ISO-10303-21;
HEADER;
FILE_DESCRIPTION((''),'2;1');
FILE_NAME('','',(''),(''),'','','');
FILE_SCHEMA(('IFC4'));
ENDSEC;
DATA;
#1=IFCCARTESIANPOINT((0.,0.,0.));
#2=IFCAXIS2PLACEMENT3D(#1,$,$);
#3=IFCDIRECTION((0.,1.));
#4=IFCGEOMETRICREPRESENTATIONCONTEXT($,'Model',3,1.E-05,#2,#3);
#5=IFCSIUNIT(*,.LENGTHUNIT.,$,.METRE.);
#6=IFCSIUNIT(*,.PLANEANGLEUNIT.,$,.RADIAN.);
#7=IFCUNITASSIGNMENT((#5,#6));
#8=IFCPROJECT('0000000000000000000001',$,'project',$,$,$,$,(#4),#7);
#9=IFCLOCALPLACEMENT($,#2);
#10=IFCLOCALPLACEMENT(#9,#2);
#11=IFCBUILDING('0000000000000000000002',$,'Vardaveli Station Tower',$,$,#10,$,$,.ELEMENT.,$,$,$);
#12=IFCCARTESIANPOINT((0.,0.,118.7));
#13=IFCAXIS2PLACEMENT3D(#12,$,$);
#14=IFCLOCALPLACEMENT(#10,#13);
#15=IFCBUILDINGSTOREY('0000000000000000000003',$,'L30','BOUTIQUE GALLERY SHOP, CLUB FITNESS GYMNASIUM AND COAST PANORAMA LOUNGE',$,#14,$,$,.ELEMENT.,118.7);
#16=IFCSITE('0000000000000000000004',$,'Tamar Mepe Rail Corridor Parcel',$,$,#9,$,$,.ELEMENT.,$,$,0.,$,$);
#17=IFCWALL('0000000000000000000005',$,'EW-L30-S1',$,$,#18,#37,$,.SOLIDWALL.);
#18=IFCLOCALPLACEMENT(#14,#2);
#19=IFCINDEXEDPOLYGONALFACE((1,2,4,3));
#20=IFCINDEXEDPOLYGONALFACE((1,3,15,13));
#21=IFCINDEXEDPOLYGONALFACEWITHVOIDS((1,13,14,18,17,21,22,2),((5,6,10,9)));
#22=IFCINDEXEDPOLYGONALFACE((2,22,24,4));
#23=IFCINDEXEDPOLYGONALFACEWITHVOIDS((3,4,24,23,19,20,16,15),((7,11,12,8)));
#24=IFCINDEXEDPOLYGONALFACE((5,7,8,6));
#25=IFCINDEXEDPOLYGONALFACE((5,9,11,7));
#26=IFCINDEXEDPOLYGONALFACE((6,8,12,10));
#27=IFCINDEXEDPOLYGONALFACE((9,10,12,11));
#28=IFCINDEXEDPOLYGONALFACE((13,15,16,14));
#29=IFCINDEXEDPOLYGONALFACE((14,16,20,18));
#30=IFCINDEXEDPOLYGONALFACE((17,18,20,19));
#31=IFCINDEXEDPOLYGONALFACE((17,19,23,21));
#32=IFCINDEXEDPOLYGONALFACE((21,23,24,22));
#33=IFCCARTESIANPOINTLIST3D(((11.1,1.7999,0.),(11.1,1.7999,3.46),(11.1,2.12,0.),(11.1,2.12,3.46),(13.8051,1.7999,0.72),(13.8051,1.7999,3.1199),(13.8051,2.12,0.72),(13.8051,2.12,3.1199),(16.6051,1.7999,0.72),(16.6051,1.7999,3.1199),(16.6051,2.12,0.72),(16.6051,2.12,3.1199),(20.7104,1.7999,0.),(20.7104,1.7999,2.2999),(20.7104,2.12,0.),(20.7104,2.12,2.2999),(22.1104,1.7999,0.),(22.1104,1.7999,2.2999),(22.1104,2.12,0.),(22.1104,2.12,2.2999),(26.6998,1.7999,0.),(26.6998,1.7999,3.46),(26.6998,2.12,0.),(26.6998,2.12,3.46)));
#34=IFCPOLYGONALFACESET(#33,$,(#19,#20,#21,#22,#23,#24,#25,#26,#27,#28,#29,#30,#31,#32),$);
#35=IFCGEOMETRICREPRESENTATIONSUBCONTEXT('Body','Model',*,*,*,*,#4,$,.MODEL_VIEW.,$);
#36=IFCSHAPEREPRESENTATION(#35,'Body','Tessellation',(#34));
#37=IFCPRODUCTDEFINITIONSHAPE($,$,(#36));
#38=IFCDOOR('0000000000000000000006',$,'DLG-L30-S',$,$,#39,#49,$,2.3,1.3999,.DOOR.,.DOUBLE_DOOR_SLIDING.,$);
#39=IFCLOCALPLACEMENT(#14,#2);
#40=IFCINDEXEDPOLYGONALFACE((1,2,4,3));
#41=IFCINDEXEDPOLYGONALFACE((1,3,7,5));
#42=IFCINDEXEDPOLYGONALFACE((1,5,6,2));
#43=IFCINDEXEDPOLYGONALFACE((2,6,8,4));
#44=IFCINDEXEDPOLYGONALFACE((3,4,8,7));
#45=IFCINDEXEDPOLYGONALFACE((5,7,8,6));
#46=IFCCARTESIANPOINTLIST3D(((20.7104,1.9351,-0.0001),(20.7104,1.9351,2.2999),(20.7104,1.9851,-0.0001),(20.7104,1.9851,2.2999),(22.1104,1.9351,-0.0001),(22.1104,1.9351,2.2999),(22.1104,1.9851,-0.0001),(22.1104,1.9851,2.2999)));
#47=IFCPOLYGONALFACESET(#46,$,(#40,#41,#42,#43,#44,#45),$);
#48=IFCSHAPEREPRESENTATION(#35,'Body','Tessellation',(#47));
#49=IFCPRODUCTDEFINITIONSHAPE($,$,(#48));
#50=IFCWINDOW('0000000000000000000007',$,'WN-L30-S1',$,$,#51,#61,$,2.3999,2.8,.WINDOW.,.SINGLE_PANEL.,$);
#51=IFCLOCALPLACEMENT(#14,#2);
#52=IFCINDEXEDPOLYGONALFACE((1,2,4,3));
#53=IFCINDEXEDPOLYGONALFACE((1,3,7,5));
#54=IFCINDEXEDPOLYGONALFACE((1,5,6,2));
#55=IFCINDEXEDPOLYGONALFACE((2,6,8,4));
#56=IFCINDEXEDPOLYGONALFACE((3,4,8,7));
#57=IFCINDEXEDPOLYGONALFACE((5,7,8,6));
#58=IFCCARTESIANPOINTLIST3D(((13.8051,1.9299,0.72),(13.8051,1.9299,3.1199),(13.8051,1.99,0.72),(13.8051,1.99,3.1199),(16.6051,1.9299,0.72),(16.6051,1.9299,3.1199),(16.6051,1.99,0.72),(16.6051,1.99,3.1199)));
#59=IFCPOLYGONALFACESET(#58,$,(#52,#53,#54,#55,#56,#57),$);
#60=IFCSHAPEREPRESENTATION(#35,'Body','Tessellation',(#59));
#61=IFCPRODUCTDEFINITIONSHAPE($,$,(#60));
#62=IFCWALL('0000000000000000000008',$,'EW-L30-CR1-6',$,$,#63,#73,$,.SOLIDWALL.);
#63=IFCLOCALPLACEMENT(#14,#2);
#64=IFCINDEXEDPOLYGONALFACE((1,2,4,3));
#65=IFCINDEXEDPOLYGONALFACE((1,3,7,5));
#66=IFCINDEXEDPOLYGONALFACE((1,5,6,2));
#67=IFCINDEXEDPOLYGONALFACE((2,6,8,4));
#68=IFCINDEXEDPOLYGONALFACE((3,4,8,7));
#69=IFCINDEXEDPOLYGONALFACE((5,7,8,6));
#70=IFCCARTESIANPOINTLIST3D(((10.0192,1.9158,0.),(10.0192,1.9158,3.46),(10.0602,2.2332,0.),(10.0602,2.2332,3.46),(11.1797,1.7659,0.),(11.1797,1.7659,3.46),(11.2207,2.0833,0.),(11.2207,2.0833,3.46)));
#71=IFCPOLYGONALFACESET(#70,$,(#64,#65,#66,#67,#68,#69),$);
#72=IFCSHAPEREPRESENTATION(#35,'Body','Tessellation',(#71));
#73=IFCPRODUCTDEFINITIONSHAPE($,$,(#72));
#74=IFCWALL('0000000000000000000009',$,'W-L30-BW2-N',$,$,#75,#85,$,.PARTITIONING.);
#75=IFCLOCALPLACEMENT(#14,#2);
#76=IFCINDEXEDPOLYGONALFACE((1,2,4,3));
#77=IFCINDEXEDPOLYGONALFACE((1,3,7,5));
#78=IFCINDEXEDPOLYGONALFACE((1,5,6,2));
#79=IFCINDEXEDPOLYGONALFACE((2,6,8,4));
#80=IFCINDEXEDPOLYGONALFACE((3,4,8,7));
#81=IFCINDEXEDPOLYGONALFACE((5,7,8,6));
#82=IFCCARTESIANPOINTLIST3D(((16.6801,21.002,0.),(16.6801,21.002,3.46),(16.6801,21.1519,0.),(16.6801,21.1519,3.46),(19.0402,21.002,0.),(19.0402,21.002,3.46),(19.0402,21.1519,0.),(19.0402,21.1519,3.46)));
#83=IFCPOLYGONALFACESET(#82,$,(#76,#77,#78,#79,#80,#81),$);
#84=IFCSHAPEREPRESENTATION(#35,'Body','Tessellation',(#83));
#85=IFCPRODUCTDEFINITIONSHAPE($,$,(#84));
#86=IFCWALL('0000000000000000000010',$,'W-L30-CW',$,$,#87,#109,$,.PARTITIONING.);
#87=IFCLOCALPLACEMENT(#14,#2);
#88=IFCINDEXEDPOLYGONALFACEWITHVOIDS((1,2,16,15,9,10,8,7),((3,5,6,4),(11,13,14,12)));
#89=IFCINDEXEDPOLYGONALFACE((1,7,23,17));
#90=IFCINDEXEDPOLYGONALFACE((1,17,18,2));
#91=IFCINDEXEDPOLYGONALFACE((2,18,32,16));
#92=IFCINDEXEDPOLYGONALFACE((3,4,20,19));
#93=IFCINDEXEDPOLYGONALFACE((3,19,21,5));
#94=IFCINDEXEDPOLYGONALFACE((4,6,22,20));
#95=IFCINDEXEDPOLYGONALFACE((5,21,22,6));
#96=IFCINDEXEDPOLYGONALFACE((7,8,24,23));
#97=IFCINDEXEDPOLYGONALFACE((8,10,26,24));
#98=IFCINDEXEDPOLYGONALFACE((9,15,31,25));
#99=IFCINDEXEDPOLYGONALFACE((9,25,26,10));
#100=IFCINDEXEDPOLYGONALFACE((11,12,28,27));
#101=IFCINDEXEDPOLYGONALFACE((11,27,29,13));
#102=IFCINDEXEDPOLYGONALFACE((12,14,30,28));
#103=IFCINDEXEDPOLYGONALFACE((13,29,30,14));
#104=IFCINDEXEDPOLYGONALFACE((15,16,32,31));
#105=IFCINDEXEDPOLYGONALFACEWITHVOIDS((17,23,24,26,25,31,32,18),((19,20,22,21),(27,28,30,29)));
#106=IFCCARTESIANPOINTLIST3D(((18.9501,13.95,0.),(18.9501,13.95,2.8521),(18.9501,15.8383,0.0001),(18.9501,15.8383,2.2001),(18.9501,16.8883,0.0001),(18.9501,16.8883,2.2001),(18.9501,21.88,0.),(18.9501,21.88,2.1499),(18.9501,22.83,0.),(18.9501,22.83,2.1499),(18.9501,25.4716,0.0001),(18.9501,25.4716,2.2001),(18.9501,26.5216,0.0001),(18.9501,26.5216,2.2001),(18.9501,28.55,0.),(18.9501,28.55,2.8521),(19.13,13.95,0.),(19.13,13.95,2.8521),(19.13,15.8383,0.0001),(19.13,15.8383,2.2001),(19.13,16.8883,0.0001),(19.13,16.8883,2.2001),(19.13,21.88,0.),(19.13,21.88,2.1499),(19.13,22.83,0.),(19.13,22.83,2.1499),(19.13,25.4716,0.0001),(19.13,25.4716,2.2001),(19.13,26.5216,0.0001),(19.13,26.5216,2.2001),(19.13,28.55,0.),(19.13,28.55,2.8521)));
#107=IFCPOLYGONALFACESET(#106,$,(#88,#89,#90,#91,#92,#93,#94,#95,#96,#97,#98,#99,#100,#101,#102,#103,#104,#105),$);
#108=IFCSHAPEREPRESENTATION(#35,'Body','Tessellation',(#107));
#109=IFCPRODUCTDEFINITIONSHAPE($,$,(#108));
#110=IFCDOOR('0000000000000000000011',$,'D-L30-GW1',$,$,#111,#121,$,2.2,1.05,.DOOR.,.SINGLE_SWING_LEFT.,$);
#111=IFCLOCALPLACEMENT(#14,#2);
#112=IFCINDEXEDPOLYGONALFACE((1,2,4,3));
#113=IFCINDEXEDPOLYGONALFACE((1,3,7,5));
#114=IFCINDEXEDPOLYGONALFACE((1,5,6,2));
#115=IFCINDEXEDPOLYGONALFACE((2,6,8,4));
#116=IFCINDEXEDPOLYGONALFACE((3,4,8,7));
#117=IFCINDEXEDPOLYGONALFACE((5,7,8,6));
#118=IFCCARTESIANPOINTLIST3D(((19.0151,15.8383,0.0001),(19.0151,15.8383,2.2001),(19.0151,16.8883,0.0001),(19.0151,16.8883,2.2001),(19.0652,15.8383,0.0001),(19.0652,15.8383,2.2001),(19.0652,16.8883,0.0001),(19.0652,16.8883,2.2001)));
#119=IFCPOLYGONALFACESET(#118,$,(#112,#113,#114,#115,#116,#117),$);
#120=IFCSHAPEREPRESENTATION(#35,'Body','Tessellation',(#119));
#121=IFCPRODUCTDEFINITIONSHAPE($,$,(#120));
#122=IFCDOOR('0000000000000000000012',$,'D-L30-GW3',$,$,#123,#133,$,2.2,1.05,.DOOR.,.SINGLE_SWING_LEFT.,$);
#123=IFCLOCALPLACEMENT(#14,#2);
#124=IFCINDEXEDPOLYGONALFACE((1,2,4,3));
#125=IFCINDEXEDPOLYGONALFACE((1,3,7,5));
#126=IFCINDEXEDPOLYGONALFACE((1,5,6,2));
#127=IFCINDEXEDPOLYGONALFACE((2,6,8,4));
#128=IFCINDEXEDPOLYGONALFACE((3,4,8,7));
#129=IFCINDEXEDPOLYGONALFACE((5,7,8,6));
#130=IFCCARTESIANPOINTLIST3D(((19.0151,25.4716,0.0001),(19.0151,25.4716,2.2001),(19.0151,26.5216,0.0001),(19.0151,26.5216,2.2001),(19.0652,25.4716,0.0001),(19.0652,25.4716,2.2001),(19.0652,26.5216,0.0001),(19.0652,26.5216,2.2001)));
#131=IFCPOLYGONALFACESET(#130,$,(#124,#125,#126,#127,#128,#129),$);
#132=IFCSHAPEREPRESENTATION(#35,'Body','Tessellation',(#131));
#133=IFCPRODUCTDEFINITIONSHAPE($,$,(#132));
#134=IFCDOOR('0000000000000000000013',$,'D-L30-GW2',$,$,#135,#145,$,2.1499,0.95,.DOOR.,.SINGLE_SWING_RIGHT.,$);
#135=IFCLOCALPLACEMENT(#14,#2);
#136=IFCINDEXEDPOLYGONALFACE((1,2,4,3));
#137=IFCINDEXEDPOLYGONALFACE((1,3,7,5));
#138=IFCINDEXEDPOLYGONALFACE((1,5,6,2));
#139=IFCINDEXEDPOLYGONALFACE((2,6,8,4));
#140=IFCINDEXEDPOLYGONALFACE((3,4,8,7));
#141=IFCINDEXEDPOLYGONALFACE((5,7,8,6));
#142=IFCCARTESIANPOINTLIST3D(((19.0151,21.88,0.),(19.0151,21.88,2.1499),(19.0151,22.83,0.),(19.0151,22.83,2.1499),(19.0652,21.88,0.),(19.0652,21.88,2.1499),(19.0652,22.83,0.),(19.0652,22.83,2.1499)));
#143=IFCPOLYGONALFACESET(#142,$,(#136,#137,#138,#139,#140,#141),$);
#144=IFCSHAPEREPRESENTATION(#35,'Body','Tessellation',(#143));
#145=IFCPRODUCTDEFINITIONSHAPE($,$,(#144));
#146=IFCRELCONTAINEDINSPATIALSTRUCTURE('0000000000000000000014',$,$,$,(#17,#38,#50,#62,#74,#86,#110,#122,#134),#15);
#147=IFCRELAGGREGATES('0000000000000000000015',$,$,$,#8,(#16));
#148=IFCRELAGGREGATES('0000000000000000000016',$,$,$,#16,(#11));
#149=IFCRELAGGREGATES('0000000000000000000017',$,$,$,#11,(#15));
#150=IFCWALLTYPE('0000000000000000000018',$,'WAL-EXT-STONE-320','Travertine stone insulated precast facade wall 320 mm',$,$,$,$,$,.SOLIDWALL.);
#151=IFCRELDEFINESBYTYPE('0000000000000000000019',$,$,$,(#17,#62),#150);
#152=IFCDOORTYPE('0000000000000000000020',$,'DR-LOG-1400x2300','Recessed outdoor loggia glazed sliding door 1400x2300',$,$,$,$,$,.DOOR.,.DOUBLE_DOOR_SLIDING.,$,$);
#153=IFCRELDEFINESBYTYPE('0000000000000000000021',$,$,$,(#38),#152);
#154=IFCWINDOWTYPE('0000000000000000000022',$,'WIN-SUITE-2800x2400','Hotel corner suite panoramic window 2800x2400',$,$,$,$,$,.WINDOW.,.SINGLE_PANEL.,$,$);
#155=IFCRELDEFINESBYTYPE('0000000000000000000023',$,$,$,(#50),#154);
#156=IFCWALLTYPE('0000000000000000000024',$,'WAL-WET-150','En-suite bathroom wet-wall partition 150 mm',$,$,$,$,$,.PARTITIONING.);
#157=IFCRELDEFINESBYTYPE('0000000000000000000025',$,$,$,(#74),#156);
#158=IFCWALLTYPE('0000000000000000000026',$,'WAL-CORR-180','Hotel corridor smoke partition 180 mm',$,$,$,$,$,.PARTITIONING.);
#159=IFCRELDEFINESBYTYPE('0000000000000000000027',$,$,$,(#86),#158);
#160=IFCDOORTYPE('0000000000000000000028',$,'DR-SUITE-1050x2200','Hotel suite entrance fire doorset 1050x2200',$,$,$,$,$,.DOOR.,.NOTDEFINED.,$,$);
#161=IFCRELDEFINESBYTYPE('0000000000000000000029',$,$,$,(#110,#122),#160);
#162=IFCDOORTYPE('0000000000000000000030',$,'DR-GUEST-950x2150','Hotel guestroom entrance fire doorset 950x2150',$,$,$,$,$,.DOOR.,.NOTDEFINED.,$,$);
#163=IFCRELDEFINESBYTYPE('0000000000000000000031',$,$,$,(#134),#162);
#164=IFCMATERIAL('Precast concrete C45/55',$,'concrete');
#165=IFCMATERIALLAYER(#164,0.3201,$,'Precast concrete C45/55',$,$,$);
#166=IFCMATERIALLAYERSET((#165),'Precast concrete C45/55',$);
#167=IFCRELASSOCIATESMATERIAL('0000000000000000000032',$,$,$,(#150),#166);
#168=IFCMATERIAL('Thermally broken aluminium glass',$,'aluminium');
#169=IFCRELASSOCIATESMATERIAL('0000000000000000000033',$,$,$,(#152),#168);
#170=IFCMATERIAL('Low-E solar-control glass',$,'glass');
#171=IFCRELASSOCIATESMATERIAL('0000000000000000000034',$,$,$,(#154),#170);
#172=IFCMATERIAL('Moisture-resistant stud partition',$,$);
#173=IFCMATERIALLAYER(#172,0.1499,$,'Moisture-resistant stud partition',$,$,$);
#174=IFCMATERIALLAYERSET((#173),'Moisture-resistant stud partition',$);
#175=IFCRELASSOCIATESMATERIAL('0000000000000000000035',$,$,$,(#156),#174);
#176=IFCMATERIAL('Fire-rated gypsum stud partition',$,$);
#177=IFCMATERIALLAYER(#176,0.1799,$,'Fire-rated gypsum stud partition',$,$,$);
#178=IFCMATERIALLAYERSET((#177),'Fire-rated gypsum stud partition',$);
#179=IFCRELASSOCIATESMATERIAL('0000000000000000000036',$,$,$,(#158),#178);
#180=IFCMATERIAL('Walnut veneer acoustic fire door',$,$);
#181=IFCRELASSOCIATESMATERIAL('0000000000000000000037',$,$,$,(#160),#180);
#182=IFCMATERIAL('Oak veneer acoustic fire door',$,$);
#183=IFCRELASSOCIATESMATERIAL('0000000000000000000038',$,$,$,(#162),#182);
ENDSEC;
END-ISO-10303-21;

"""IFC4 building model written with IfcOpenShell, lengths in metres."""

from ifc_helpers import new_model, si_unit, direction, frame, frame_2d, origin, place, context, subcontext, project, spatial, rectangle, extrude, source, transform, mapped, material, layer, layer_set, type_object, element, fill, save


model = new_model("IFC4")

# Units and contexts
model_context = context("Model", 3, precision=1e-05, world=origin(), true_north=direction((0.0, 1.0)))
body_context = subcontext(model_context, "Body", "Model", "MODEL_VIEW")
ifc_project = project(units=[si_unit("LENGTHUNIT", "METRE"), si_unit("PLANEANGLEUNIT", "RADIAN")], contexts=[model_context])

# Site, building, storey
site_placement = place(None, origin())
site = spatial("IfcSite", under=ifc_project, at=site_placement, Name="Tamar Mepe Rail Corridor Parcel", CompositionType="ELEMENT", RefElevation=0.0)
building_placement = place(site_placement, origin())
building = spatial("IfcBuilding", under=site, at=building_placement, Name="Vardaveli Station Tower", CompositionType="ELEMENT")
storey_placement = place(building_placement, frame((0.0, 0.0, 118.7)))
storey = spatial("IfcBuildingStorey", under=building, at=storey_placement, Name="L30", Description="BOUTIQUE GALLERY SHOP, CLUB FITNESS GYMNASIUM AND COAST PANORAMA LOUNGE", CompositionType="ELEMENT", Elevation=118.7)

# Shared definitions
ifc_material_1 = material(Name="Precast concrete C45/55", Category="concrete")

# Wall, openings, door, window
ifc_layer_1 = layer(ifc_material_1, 0.3201, Name="Precast concrete C45/55")
ifc_layer_set_1 = layer_set([ifc_layer_1], Name="Precast concrete C45/55")
wall_type_1 = type_object("IfcWallType", Name="WAL-EXT-STONE-320", Description="Travertine stone insulated precast facade wall 320 mm", PredefinedType="SOLIDWALL", material=ifc_layer_set_1)
shared_shape_1 = source(origin(), body_context, "Body", "SweptSolid", [
    extrude(rectangle(XDim=15.5999, YDim=0.3201, at=frame_2d((7.7998, 0.0))), origin(), (0.0, 0.0, 1.0), 3.46),
])
wall_1_placement = place(storey_placement, frame((11.1001, 1.96, 0.0), z_axis=(0.0, 0.0, 1.0), x_axis=(1.0, 0.0, 0.0)))
wall_1 = element("IfcWall", 1, at=wall_1_placement, inside=storey, type_object=wall_type_1, Name="EW-L30-S1", PredefinedType="SOLIDWALL", context=body_context, shape_type="MappedRepresentation", body=[
    mapped(shared_shape_1, transform((0.0, 0.0, 0.0), scale=1.0)),
])
shared_shape_2 = source(origin(), body_context, "Body", "SweptSolid", [
    extrude(rectangle(XDim=1.3999, YDim=2.3, at=frame_2d((0.7, 1.1499))), frame((0.0, 0.1699, 0.0), z_axis=(0.0, -1.0, 0.0), x_axis=(1.0, 0.0, 0.0)), (0.0, 0.0, 1.0), 0.3401),
])
opening_1_placement = place(wall_1_placement, frame((9.6104, 0.0, 0.0)))
opening_1 = element("IfcOpeningElement", 2, at=opening_1_placement, cuts=wall_1, PredefinedType="OPENING", context=body_context, shape_type="MappedRepresentation", body=[
    mapped(shared_shape_2, transform((0.0, 0.0, 0.0), scale=1.0)),
])
shared_shape_3 = source(origin(), body_context, "Body", "SweptSolid", [
    extrude(rectangle(XDim=2.8, YDim=2.3999, at=frame_2d((1.3999, 1.2))), frame((0.0, 0.1699, 0.0), z_axis=(0.0, -1.0, 0.0), x_axis=(1.0, 0.0, 0.0)), (0.0, 0.0, 1.0), 0.3401),
])
opening_2_placement = place(wall_1_placement, frame((2.7051, 0.0, 0.72)))
opening_2 = element("IfcOpeningElement", 3, at=opening_2_placement, cuts=wall_1, PredefinedType="OPENING", context=body_context, shape_type="MappedRepresentation", body=[
    mapped(shared_shape_3, transform((0.0, 0.0, 0.0), scale=1.0)),
])
ifc_material_2 = material(Name="Thermally broken aluminium glass", Category="aluminium")
door_type_1 = type_object("IfcDoorType", Name="DR-LOG-1400x2300", Description="Recessed outdoor loggia glazed sliding door 1400x2300", OperationType="DOUBLE_DOOR_SLIDING", PredefinedType="DOOR", material=ifc_material_2)
shared_shape_4 = source(origin(), body_context, "Body", "SweptSolid", [
    extrude(rectangle(XDim=1.3999, YDim=2.3, at=frame_2d((0.7, 1.1499))), frame((0.0, 0.0249, 0.0), z_axis=(0.0, -1.0, 0.0), x_axis=(1.0, 0.0, 0.0)), (0.0, 0.0, 1.0), 0.05),
])
door_1_placement = place(opening_1_placement, frame((1.3999, 0.0, 0.0), z_axis=(0.0, 0.0, 1.0), x_axis=(-1.0, 0.0, 0.0)))
door_1 = element("IfcDoor", 4, at=door_1_placement, inside=storey, type_object=door_type_1, Name="DLG-L30-S", OperationType="DOUBLE_DOOR_SLIDING", OverallHeight=2.3, OverallWidth=1.3999, PredefinedType="DOOR", context=body_context, shape_type="MappedRepresentation", body=[
    mapped(shared_shape_4, transform((0.0, 0.0, 0.0), scale=1.0)),
])
fill(opening_1, door_1)
ifc_material_3 = material(Name="Low-E solar-control glass", Category="glass")
window_type = type_object("IfcWindowType", Name="WIN-SUITE-2800x2400", Description="Hotel corner suite panoramic window 2800x2400", PartitioningType="SINGLE_PANEL", PredefinedType="WINDOW", material=ifc_material_3)
shared_shape_5 = source(origin(), body_context, "Body", "SweptSolid", [
    extrude(rectangle(XDim=2.8, YDim=2.3999, at=frame_2d((1.3999, 1.2))), frame((0.0, 0.03, 0.0), z_axis=(0.0, -1.0, 0.0), x_axis=(1.0, 0.0, 0.0)), (0.0, 0.0, 1.0), 0.0601),
])
window_placement = place(opening_2_placement, origin())
window = element("IfcWindow", 5, at=window_placement, inside=storey, type_object=window_type, Name="WN-L30-S1", OverallHeight=2.3999, OverallWidth=2.8, PartitioningType="SINGLE_PANEL", PredefinedType="WINDOW", context=body_context, shape_type="MappedRepresentation", body=[
    mapped(shared_shape_5, transform((0.0, 0.0, 0.0), scale=1.0)),
])
fill(opening_2, window)

# Walls
shared_shape_6 = source(origin(), body_context, "Body", "SweptSolid", [
    extrude(rectangle(XDim=1.1702, YDim=0.3201, at=frame_2d((0.585, 0.0))), origin(), (0.0, 0.0, 1.0), 3.46),
])
wall_2_placement = place(storey_placement, frame((10.0398, 2.0745, 0.0), z_axis=(0.0, 0.0, 1.0), x_axis=(0.991762, -0.12809, 0.0)))
element("IfcWall", 6, at=wall_2_placement, inside=storey, type_object=wall_type_1, Name="EW-L30-CR1-6", PredefinedType="SOLIDWALL", context=body_context, shape_type="MappedRepresentation", body=[
    mapped(shared_shape_6, transform((0.0, 0.0, 0.0), scale=1.0)),
])
ifc_material_4 = material(Name="Moisture-resistant stud partition")
ifc_layer_2 = layer(ifc_material_4, 0.1499, Name="Moisture-resistant stud partition")
ifc_layer_set_2 = layer_set([ifc_layer_2], Name="Moisture-resistant stud partition")
wall_type_2 = type_object("IfcWallType", Name="WAL-WET-150", Description="En-suite bathroom wet-wall partition 150 mm", PredefinedType="PARTITIONING", material=ifc_layer_set_2)
shared_shape_7 = source(origin(), body_context, "Body", "SweptSolid", [
    extrude(rectangle(XDim=2.3601, YDim=0.1499, at=frame_2d((1.1802, 0.0))), origin(), (0.0, 0.0, 1.0), 3.46),
])
wall_3_placement = place(storey_placement, frame((16.6799, 21.0769, 0.0), z_axis=(0.0, 0.0, 1.0), x_axis=(1.0, 0.0, 0.0)))
element("IfcWall", 7, at=wall_3_placement, inside=storey, type_object=wall_type_2, Name="W-L30-BW2-N", PredefinedType="PARTITIONING", context=body_context, shape_type="MappedRepresentation", body=[
    mapped(shared_shape_7, transform((0.0, 0.0, 0.0), scale=1.0)),
])

# Wall, openings, doors
ifc_material_5 = material(Name="Fire-rated gypsum stud partition")
ifc_layer_3 = layer(ifc_material_5, 0.1799, Name="Fire-rated gypsum stud partition")
ifc_layer_set_3 = layer_set([ifc_layer_3], Name="Fire-rated gypsum stud partition")
wall_type_3 = type_object("IfcWallType", Name="WAL-CORR-180", Description="Hotel corridor smoke partition 180 mm", PredefinedType="PARTITIONING", material=ifc_layer_set_3)
shared_shape_8 = source(origin(), body_context, "Body", "SweptSolid", [
    extrude(rectangle(XDim=14.6001, YDim=0.1799, at=frame_2d((7.3, 0.0))), origin(), (0.0, 0.0, 1.0), 2.8521),
])
wall_4_placement = place(storey_placement, frame((19.04, 13.95, 0.0), z_axis=(0.0, 0.0, 1.0), x_axis=(0.0, 1.0, 0.0)))
wall_4 = element("IfcWall", 8, at=wall_4_placement, inside=storey, type_object=wall_type_3, Name="W-L30-CW", PredefinedType="PARTITIONING", context=body_context, shape_type="MappedRepresentation", body=[
    mapped(shared_shape_8, transform((0.0, 0.0, 0.0), scale=1.0)),
])
shared_shape_9 = source(origin(), body_context, "Body", "SweptSolid", [
    extrude(rectangle(XDim=1.05, YDim=2.2, at=frame_2d((0.5249, 1.1001))), frame((0.0, 0.1001, 0.0), z_axis=(0.0, -1.0, 0.0), x_axis=(1.0, 0.0, 0.0)), (0.0, 0.0, 1.0), 0.2),
])
opening_3_placement = place(wall_4_placement, frame((1.8884, 0.0, 0.0)))
opening_3 = element("IfcOpeningElement", 9, at=opening_3_placement, cuts=wall_4, PredefinedType="OPENING", context=body_context, shape_type="MappedRepresentation", body=[
    mapped(shared_shape_9, transform((0.0, 0.0, 0.0), scale=1.0)),
])
shared_shape_10 = source(origin(), body_context, "Body", "SweptSolid", [
    extrude(rectangle(XDim=0.95, YDim=2.1499, at=frame_2d((0.4751, 1.075))), frame((0.0, 0.1001, 0.0), z_axis=(0.0, -1.0, 0.0), x_axis=(1.0, 0.0, 0.0)), (0.0, 0.0, 1.0), 0.2),
])
opening_4_placement = place(wall_4_placement, frame((7.9299, 0.0, 0.0)))
opening_4 = element("IfcOpeningElement", 10, at=opening_4_placement, cuts=wall_4, PredefinedType="OPENING", context=body_context, shape_type="MappedRepresentation", body=[
    mapped(shared_shape_10, transform((0.0, 0.0, 0.0), scale=1.0)),
])
opening_5_placement = place(wall_4_placement, frame((11.5217, 0.0, 0.0)))
opening_5 = element("IfcOpeningElement", 11, at=opening_5_placement, cuts=wall_4, PredefinedType="OPENING", context=body_context, shape_type="MappedRepresentation", body=[
    mapped(shared_shape_9, transform((0.0, 0.0, 0.0), scale=1.0)),
])
ifc_material_6 = material(Name="Walnut veneer acoustic fire door")
door_type_2 = type_object("IfcDoorType", Name="DR-SUITE-1050x2200", Description="Hotel suite entrance fire doorset 1050x2200", OperationType="NOTDEFINED", PredefinedType="DOOR", material=ifc_material_6)
shared_shape_11 = source(origin(), body_context, "Body", "SweptSolid", [
    extrude(rectangle(XDim=1.05, YDim=2.2, at=frame_2d((0.5249, 1.1001))), frame((0.0, 0.0249, 0.0), z_axis=(0.0, -1.0, 0.0), x_axis=(1.0, 0.0, 0.0)), (0.0, 0.0, 1.0), 0.05),
])
door_2_placement = place(opening_3_placement, origin())
door_2 = element("IfcDoor", 12, at=door_2_placement, inside=storey, type_object=door_type_2, Name="D-L30-GW1", OperationType="SINGLE_SWING_LEFT", OverallHeight=2.2, OverallWidth=1.05, PredefinedType="DOOR", context=body_context, shape_type="MappedRepresentation", body=[
    mapped(shared_shape_11, transform((0.0, 0.0, 0.0), scale=1.0)),
])
fill(opening_3, door_2)
door_3_placement = place(opening_5_placement, origin())
door_3 = element("IfcDoor", 13, at=door_3_placement, inside=storey, type_object=door_type_2, Name="D-L30-GW3", OperationType="SINGLE_SWING_LEFT", OverallHeight=2.2, OverallWidth=1.05, PredefinedType="DOOR", context=body_context, shape_type="MappedRepresentation", body=[
    mapped(shared_shape_11, transform((0.0, 0.0, 0.0), scale=1.0)),
])
fill(opening_5, door_3)
ifc_material_7 = material(Name="Oak veneer acoustic fire door")
door_type_3 = type_object("IfcDoorType", Name="DR-GUEST-950x2150", Description="Hotel guestroom entrance fire doorset 950x2150", OperationType="NOTDEFINED", PredefinedType="DOOR", material=ifc_material_7)
shared_shape_12 = source(origin(), body_context, "Body", "SweptSolid", [
    extrude(rectangle(XDim=0.95, YDim=2.1499, at=frame_2d((0.4751, 1.075))), frame((0.0, 0.0249, 0.0), z_axis=(0.0, -1.0, 0.0), x_axis=(1.0, 0.0, 0.0)), (0.0, 0.0, 1.0), 0.05),
])
door_4_placement = place(opening_4_placement, origin())
door_4 = element("IfcDoor", 14, at=door_4_placement, inside=storey, type_object=door_type_3, Name="D-L30-GW2", OperationType="SINGLE_SWING_RIGHT", OverallHeight=2.1499, OverallWidth=0.95, PredefinedType="DOOR", context=body_context, shape_type="MappedRepresentation", body=[
    mapped(shared_shape_12, transform((0.0, 0.0, 0.0), scale=1.0)),
])
fill(opening_4, door_4)

save(model, "model.ifc")
